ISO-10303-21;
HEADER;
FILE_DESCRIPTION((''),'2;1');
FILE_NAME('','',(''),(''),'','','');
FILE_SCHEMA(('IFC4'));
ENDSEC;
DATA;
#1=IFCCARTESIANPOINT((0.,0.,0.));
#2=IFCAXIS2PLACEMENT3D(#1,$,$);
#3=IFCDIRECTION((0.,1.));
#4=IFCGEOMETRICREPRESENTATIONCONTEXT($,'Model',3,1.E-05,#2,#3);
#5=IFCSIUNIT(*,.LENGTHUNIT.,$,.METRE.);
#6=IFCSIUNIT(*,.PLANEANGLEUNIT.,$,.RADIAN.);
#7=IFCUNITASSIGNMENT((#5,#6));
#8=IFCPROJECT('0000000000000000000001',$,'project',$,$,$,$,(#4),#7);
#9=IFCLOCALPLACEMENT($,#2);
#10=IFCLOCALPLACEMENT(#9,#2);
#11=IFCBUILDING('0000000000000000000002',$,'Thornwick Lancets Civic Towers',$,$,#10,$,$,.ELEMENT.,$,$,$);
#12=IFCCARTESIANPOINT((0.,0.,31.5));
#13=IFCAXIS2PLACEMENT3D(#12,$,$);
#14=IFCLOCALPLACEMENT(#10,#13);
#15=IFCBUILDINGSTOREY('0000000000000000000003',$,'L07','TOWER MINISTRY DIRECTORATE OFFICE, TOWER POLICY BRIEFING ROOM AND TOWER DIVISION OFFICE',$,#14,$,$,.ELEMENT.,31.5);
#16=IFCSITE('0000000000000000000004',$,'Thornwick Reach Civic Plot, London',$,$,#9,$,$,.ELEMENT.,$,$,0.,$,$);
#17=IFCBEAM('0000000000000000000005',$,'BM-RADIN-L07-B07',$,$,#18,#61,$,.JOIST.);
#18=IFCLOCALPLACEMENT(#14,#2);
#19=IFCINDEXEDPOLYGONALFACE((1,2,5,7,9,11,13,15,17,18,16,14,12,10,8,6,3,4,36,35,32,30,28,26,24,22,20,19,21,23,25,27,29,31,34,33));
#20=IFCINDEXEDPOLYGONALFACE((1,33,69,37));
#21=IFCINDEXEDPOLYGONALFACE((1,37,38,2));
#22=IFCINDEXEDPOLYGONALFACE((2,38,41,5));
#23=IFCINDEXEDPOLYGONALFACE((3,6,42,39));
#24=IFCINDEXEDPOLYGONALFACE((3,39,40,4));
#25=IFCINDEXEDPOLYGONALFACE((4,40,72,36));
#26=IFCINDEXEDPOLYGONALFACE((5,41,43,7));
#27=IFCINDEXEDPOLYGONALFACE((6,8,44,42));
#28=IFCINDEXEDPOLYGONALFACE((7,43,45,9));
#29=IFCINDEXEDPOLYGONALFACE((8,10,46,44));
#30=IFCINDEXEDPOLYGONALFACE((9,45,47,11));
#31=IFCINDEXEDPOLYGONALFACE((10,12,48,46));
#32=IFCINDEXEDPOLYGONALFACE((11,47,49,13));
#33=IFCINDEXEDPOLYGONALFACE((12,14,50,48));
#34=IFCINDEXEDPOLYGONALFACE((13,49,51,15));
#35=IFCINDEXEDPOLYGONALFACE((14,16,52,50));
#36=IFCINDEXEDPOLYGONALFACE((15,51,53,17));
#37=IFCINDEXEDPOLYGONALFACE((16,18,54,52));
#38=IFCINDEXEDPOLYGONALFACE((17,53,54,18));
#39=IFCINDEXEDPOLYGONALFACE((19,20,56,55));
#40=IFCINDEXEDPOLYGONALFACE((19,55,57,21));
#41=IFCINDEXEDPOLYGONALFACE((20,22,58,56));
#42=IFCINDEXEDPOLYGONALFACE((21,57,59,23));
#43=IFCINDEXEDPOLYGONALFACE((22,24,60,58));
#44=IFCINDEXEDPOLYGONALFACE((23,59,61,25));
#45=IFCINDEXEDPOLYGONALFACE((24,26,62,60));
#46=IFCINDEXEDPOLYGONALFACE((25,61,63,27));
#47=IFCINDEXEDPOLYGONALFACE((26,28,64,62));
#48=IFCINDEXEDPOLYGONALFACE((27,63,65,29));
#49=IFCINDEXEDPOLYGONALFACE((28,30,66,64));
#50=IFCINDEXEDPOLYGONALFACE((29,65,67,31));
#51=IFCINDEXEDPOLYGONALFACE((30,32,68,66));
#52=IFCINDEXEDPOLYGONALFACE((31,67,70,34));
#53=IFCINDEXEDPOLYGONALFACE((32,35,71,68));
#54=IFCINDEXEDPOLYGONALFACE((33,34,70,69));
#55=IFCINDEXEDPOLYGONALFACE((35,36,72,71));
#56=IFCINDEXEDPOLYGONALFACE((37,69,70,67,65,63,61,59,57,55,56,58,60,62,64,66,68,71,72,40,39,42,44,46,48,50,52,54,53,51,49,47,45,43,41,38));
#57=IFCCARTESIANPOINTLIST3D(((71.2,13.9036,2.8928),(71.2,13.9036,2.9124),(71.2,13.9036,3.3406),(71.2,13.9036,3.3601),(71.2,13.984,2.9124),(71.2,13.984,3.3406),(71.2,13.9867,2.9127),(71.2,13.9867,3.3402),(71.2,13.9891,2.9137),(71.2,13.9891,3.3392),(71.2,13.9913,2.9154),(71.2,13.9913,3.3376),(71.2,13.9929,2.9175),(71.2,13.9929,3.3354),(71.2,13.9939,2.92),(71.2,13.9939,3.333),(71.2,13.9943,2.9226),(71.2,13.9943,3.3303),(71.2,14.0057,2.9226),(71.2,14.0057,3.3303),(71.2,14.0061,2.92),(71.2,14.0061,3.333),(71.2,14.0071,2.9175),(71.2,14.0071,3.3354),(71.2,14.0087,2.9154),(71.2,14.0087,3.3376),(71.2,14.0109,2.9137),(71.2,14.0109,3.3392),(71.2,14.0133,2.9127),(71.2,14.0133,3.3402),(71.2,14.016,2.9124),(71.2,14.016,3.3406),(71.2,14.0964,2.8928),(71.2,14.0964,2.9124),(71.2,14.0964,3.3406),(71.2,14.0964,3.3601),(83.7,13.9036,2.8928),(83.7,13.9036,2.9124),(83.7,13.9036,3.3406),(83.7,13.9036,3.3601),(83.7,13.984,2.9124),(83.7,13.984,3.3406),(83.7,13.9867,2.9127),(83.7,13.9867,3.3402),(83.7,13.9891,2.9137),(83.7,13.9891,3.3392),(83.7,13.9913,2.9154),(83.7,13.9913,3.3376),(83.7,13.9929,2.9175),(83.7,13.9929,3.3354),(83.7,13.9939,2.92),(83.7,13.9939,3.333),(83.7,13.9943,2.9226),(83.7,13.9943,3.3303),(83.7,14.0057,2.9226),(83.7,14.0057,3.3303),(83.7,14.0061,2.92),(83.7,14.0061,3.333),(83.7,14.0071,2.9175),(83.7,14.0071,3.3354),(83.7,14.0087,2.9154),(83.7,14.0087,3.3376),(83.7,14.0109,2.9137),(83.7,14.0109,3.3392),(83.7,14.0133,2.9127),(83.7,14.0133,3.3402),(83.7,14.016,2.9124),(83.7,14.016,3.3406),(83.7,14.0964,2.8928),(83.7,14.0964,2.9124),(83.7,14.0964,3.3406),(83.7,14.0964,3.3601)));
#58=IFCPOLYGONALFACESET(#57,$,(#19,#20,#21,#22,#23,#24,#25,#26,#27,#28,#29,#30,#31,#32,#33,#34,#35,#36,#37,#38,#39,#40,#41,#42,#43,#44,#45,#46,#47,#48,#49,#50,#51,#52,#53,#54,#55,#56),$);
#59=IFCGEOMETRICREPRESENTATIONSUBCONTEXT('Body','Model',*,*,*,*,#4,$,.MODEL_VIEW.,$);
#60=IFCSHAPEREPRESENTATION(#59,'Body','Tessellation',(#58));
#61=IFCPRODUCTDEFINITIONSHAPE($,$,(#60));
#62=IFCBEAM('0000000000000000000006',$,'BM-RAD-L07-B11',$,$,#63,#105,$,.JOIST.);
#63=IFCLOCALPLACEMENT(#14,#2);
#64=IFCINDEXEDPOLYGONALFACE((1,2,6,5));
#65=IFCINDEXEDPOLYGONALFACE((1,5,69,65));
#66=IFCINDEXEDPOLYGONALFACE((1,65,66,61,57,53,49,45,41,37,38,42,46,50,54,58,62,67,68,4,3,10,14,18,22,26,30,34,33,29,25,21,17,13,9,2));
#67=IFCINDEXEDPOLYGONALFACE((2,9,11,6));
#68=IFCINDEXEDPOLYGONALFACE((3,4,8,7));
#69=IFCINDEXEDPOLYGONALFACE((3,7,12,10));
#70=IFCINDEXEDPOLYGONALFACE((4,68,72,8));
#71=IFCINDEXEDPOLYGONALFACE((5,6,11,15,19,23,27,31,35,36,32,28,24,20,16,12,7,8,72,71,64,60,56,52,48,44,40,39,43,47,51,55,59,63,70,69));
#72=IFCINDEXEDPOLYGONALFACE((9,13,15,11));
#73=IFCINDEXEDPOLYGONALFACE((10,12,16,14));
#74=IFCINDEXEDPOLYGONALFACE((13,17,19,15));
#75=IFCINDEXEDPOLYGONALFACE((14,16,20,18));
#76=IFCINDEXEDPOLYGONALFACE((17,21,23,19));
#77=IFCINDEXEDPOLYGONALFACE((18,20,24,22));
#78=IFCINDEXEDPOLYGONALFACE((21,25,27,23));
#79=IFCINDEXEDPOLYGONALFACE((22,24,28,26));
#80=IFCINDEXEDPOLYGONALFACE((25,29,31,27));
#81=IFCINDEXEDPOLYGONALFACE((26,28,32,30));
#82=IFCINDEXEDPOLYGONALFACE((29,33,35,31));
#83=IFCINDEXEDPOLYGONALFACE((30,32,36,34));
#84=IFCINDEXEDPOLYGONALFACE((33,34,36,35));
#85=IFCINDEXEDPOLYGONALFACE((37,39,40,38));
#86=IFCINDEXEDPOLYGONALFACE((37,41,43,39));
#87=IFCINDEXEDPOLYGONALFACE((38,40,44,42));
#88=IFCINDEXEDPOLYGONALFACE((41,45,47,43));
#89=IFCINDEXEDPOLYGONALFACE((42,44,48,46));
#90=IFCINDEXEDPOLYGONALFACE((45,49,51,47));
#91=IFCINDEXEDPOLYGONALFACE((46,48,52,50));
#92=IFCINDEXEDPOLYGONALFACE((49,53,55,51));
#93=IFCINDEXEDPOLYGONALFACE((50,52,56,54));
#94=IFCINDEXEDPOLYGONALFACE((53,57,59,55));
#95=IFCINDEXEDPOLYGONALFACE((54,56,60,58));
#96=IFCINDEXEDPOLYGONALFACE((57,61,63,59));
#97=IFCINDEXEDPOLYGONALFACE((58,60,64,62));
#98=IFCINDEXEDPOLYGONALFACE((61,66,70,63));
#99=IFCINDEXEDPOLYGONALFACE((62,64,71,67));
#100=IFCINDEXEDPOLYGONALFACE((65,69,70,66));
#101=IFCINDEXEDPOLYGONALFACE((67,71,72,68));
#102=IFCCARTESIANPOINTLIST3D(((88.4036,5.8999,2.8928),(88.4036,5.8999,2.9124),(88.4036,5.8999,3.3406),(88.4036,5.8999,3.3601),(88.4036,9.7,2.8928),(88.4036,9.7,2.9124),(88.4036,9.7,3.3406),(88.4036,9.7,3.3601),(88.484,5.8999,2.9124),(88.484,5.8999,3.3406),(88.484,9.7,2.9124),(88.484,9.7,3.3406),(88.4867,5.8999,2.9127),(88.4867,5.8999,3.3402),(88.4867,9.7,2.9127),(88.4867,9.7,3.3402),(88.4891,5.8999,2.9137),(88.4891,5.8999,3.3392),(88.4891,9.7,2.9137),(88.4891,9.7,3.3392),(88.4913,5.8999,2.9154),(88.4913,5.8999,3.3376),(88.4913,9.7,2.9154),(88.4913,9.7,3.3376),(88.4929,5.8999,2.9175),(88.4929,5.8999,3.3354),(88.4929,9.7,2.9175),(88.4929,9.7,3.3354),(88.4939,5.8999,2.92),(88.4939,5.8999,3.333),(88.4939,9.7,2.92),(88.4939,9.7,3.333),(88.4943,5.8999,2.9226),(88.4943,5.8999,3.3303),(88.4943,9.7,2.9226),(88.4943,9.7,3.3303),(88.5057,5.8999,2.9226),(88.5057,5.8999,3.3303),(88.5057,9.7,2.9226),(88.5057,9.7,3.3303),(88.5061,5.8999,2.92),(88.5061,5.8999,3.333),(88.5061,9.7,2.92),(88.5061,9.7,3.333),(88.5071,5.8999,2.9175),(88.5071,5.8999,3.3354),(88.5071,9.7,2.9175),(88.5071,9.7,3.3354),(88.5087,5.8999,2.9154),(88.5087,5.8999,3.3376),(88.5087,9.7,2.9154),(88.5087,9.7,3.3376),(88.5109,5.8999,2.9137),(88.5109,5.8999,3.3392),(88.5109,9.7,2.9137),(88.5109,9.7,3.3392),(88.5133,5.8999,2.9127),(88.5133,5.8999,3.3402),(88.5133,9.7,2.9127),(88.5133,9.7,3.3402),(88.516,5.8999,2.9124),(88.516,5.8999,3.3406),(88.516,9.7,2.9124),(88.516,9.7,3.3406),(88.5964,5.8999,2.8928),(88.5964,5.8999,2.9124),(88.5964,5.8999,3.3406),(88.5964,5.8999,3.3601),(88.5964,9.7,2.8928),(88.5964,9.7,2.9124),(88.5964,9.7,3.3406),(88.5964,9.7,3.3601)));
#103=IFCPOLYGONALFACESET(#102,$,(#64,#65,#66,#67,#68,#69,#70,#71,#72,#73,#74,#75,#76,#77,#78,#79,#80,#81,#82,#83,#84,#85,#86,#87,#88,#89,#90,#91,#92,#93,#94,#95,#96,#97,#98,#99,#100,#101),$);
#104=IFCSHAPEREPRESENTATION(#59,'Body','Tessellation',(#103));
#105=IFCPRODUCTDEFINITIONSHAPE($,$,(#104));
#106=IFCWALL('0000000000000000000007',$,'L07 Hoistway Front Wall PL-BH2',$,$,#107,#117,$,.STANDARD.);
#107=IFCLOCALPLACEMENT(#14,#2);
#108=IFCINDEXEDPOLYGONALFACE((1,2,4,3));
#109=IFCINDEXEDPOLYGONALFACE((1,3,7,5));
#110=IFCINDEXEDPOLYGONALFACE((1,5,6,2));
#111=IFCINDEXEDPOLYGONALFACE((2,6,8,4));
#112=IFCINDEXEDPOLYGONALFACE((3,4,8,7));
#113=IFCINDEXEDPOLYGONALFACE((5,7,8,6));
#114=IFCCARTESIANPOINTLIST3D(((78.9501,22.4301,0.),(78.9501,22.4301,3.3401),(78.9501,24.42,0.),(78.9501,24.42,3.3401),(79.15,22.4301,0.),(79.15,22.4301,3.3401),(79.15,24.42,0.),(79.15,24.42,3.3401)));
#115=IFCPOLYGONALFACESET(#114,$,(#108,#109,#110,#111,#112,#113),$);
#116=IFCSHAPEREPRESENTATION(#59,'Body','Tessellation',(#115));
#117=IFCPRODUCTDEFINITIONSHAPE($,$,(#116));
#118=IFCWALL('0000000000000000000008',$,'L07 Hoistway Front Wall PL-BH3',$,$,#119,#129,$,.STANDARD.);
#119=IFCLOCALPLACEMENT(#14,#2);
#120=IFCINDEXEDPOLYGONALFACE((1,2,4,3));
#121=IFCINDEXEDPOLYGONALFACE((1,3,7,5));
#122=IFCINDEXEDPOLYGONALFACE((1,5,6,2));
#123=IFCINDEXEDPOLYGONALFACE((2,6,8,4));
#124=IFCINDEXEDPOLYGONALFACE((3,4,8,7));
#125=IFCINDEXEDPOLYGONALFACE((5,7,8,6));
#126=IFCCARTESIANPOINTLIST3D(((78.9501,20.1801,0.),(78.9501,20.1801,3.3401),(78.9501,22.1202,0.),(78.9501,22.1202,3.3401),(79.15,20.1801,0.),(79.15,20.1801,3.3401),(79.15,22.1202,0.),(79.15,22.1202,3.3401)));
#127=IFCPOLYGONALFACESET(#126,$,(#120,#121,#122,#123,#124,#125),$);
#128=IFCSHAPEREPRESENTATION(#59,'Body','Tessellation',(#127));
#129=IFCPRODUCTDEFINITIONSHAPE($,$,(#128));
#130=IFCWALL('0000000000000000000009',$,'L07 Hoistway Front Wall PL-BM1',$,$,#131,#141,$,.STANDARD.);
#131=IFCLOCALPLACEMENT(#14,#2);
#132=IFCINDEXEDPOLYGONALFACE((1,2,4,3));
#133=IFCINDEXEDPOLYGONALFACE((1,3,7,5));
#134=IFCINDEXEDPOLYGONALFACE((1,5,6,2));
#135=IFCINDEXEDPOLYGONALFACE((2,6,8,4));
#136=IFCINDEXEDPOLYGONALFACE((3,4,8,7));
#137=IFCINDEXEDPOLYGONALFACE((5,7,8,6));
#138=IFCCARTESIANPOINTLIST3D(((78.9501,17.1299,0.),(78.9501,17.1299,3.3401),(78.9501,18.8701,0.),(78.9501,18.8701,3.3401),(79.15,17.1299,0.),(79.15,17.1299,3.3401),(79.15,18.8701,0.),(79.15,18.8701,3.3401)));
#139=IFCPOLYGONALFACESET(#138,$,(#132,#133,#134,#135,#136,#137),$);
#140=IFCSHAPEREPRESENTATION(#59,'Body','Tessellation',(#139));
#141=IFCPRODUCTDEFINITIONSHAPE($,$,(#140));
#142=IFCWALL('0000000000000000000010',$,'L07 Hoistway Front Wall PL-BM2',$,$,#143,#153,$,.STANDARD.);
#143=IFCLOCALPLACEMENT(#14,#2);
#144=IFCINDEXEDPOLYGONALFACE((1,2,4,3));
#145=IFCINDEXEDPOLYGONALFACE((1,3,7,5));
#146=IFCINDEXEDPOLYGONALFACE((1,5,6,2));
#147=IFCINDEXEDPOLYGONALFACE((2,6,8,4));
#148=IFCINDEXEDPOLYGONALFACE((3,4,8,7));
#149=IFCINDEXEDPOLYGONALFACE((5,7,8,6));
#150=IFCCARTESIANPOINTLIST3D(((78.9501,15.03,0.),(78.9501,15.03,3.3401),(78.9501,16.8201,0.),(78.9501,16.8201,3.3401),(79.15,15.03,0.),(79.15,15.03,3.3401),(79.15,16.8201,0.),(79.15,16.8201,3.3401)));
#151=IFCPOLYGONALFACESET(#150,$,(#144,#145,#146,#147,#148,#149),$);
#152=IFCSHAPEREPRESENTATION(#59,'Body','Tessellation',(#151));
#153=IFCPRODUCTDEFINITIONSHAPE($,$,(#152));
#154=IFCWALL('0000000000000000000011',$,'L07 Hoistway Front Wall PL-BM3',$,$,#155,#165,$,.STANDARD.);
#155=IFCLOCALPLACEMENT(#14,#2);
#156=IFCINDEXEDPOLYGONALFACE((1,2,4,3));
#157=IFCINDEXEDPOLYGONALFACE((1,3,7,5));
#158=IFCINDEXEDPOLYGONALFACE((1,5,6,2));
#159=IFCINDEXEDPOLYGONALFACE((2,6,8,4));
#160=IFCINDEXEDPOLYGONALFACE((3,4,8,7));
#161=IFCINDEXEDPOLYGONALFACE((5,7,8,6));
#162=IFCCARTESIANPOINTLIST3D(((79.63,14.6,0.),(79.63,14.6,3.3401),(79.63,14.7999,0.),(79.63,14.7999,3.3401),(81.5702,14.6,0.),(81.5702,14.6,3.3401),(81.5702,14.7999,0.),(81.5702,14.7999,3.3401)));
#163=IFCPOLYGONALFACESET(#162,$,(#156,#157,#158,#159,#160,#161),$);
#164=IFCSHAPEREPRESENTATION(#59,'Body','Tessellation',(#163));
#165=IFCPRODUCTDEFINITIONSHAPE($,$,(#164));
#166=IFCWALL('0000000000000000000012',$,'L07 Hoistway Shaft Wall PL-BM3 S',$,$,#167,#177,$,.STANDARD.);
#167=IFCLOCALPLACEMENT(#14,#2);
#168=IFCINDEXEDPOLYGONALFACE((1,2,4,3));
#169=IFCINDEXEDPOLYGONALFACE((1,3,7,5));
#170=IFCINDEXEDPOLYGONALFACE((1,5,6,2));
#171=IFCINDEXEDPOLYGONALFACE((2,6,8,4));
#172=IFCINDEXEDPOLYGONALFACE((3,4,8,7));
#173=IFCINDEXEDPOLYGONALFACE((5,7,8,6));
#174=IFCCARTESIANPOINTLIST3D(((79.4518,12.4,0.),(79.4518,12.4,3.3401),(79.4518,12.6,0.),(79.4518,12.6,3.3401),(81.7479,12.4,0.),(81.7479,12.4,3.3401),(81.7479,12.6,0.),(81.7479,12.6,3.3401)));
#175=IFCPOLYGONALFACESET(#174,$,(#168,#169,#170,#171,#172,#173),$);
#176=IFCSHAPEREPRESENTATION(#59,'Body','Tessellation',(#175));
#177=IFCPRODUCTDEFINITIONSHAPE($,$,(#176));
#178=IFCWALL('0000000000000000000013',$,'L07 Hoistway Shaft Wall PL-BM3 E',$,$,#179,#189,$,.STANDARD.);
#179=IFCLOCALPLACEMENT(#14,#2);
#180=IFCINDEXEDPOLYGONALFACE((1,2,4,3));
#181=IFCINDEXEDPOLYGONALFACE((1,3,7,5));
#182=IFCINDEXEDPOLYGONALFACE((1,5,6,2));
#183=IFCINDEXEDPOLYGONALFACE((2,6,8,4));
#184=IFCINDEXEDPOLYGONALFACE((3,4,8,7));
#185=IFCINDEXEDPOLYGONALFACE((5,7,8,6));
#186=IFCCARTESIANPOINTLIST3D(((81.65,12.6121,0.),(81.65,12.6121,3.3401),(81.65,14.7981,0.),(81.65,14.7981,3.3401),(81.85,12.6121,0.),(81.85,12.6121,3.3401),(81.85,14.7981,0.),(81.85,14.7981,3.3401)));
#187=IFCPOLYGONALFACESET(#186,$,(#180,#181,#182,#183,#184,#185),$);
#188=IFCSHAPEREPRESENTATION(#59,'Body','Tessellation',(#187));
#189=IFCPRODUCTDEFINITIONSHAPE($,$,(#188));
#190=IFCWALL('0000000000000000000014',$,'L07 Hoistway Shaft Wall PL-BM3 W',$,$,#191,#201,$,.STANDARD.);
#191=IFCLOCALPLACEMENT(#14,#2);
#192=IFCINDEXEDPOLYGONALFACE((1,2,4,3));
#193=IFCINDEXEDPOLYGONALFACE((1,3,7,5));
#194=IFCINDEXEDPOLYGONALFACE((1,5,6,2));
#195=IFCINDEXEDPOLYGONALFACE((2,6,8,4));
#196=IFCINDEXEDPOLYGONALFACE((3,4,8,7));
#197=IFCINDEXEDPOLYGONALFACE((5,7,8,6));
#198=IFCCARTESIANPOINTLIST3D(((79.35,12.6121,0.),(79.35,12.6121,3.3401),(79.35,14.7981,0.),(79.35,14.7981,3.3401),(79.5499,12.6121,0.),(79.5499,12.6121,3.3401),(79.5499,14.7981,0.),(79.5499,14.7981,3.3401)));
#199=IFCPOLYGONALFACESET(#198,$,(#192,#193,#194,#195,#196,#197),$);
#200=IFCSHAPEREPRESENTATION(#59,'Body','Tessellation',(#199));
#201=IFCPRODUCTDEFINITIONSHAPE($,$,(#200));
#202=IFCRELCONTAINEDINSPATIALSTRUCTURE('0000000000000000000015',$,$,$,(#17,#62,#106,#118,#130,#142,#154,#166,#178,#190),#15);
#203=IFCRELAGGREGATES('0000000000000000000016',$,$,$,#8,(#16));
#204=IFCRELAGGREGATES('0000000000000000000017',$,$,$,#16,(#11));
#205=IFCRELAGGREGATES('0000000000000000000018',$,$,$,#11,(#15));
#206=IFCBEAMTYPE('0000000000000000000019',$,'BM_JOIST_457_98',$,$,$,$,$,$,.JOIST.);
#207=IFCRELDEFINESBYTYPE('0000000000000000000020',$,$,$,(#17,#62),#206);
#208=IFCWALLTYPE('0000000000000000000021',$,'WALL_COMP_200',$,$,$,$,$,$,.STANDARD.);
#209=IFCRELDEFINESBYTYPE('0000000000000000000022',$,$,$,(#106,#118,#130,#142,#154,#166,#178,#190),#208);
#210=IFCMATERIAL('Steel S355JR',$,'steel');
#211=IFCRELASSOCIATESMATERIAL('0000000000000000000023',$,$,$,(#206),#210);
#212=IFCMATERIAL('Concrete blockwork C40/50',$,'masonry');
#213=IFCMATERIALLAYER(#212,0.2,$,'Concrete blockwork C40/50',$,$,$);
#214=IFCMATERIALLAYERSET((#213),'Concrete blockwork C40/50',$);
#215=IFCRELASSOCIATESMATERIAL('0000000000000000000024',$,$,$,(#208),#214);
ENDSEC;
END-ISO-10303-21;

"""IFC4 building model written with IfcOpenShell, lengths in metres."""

from ifc_helpers import new_model, si_unit, direction, frame, frame_2d, origin, origin_2d, place, context, subcontext, project, spatial, rectangle, i_section, extrude, material, layer, layer_set, material_profile, profile_set, type_object, element, save


model = new_model("IFC4")

# Units and contexts
model_context = context("Model", 3, precision=1e-05, world=origin(), true_north=direction((0.0, 1.0)))
body_context = subcontext(model_context, "Body", "Model", "MODEL_VIEW")
ifc_project = project(units=[si_unit("LENGTHUNIT", "METRE"), si_unit("PLANEANGLEUNIT", "RADIAN")], contexts=[model_context])

# Site, building, storey
site_placement = place(None, origin())
site = spatial("IfcSite", under=ifc_project, at=site_placement, Name="Thornwick Reach Civic Plot, London", CompositionType="ELEMENT", RefElevation=0.0)
building_placement = place(site_placement, origin())
building = spatial("IfcBuilding", under=site, at=building_placement, Name="Thornwick Lancets Civic Towers", CompositionType="ELEMENT")
storey_placement = place(building_placement, frame((0.0, 0.0, 31.5)))
storey = spatial("IfcBuildingStorey", under=building, at=storey_placement, Name="L07", Description="TOWER MINISTRY DIRECTORATE OFFICE, TOWER POLICY BRIEFING ROOM AND TOWER DIVISION OFFICE", CompositionType="ELEMENT", Elevation=31.5)

# Beams
ifc_material_1 = material(Name="Steel S355JR", Category="steel")
ifc_material_profile_1 = material_profile(ifc_material_1, i_section(OverallWidth=0.1929, OverallDepth=0.4673, WebThickness=0.0115, FlangeThickness=0.0195, FilletRadius=0.0103, at=origin_2d()), Name="UKB 457x191x98")
ifc_profile_set_1 = profile_set([ifc_material_profile_1], Name="Steel S355JR")
beam_type_1 = type_object("IfcBeamType", Name="BM_JOIST_457_98", PredefinedType="JOIST", material=ifc_profile_set_1)
beam_1_placement = place(storey_placement, frame((83.7, 14.0, 3.1265), z_axis=(-1.0, 0.0, 0.0), x_axis=(0.0, -1.0, 0.0)))
element("IfcBeam", 1, at=beam_1_placement, inside=storey, type_object=beam_type_1, Name="BM-RADIN-L07-B07", PredefinedType="JOIST", context=body_context, shape_type="SweptSolid", body=[
    extrude(i_section(OverallWidth=0.1929, OverallDepth=0.4673, WebThickness=0.0115, FlangeThickness=0.0195, FilletRadius=0.0103, at=origin_2d()), origin(), (0.0, 0.0, 1.0), 12.5),
])
beam_2_placement = place(storey_placement, frame((88.5, 9.7, 3.1265), z_axis=(0.0, -1.0, 0.0), x_axis=(1.0, 0.0, 0.0)))
element("IfcBeam", 2, at=beam_2_placement, inside=storey, type_object=beam_type_1, Name="BM-RAD-L07-B11", PredefinedType="JOIST", context=body_context, shape_type="SweptSolid", body=[
    extrude(i_section(OverallWidth=0.1929, OverallDepth=0.4673, WebThickness=0.0115, FlangeThickness=0.0195, FilletRadius=0.0103, at=origin_2d()), origin(), (0.0, 0.0, 1.0), 3.8),
])

# Walls
ifc_material_2 = material(Name="Concrete blockwork C40/50", Category="masonry")
ifc_layer_1 = layer(ifc_material_2, 0.2, Name="Concrete blockwork C40/50")
ifc_layer_set_1 = layer_set([ifc_layer_1], Name="Concrete blockwork C40/50")
wall_type_1 = type_object("IfcWallType", Name="WALL_COMP_200", PredefinedType="STANDARD", material=ifc_layer_set_1)
wall_1_placement = place(storey_placement, frame((79.05, 22.4299, 0.0), z_axis=(0.0, 0.0, 1.0), x_axis=(0.0, 1.0, 0.0)))
element("IfcWall", 3, at=wall_1_placement, inside=storey, type_object=wall_type_1, Name="L07 Hoistway Front Wall PL-BH2", PredefinedType="STANDARD", context=body_context, shape_type="SweptSolid", body=[
    extrude(rectangle(XDim=1.99, YDim=0.2, at=frame_2d((0.9951, 0.0))), origin(), (0.0, 0.0, 1.0), 3.3401),
])
wall_2_placement = place(storey_placement, frame((79.05, 20.1799, 0.0), z_axis=(0.0, 0.0, 1.0), x_axis=(0.0, 1.0, 0.0)))
element("IfcWall", 4, at=wall_2_placement, inside=storey, type_object=wall_type_1, Name="L07 Hoistway Front Wall PL-BH3", PredefinedType="STANDARD", context=body_context, shape_type="SweptSolid", body=[
    extrude(rectangle(XDim=1.9402, YDim=0.2, at=frame_2d((0.9702, 0.0))), origin(), (0.0, 0.0, 1.0), 3.3401),
])
wall_3_placement = place(storey_placement, frame((79.05, 17.1299, 0.0), z_axis=(0.0, 0.0, 1.0), x_axis=(0.0, 1.0, 0.0)))
element("IfcWall", 5, at=wall_3_placement, inside=storey, type_object=wall_type_1, Name="L07 Hoistway Front Wall PL-BM1", PredefinedType="STANDARD", context=body_context, shape_type="SweptSolid", body=[
    extrude(rectangle(XDim=1.7402, YDim=0.2, at=frame_2d((0.8701, 0.0))), origin(), (0.0, 0.0, 1.0), 3.3401),
])
wall_4_placement = place(storey_placement, frame((79.05, 15.03, 0.0), z_axis=(0.0, 0.0, 1.0), x_axis=(0.0, 1.0, 0.0)))
element("IfcWall", 6, at=wall_4_placement, inside=storey, type_object=wall_type_1, Name="L07 Hoistway Front Wall PL-BM2", PredefinedType="STANDARD", context=body_context, shape_type="SweptSolid", body=[
    extrude(rectangle(XDim=1.79, YDim=0.2, at=frame_2d((0.895, 0.0))), origin(), (0.0, 0.0, 1.0), 3.3401),
])
wall_5_placement = place(storey_placement, frame((79.6299, 14.7, 0.0), z_axis=(0.0, 0.0, 1.0), x_axis=(1.0, 0.0, 0.0)))
element("IfcWall", 7, at=wall_5_placement, inside=storey, type_object=wall_type_1, Name="L07 Hoistway Front Wall PL-BM3", PredefinedType="STANDARD", context=body_context, shape_type="SweptSolid", body=[
    extrude(rectangle(XDim=1.9402, YDim=0.2, at=frame_2d((0.9702, 0.0))), origin(), (0.0, 0.0, 1.0), 3.3401),
])
wall_6_placement = place(storey_placement, frame((79.4519, 12.5, 0.0), z_axis=(0.0, 0.0, 1.0), x_axis=(1.0, 0.0, 0.0)))
element("IfcWall", 8, at=wall_6_placement, inside=storey, type_object=wall_type_1, Name="L07 Hoistway Shaft Wall PL-BM3 S", PredefinedType="STANDARD", context=body_context, shape_type="SweptSolid", body=[
    extrude(rectangle(XDim=2.2961, YDim=0.2, at=frame_2d((1.1479, 0.0))), origin(), (0.0, 0.0, 1.0), 3.3401),
])
for number, where, z_axis, x_axis, name in (
    (9, (81.75, 12.6121, 0.0), (0.0, 0.0, 1.0), (0.0, 1.0, 0.0), "L07 Hoistway Shaft Wall PL-BM3 E"),
    (10, (79.45, 12.6121, 0.0), (0.0, 0.0, 1.0), (0.0, 1.0, 0.0), "L07 Hoistway Shaft Wall PL-BM3 W"),
):
    element("IfcWall", number, at=place(storey_placement, frame(where, z_axis=z_axis, x_axis=x_axis)), inside=storey, type_object=wall_type_1, Name=name, PredefinedType="STANDARD", context=body_context, shape_type="SweptSolid", body=[
        extrude(rectangle(XDim=2.186, YDim=0.2, at=frame_2d((1.093, 0.0))), origin(), (0.0, 0.0, 1.0), 3.3401),
    ])

save(model, "model.ifc")
